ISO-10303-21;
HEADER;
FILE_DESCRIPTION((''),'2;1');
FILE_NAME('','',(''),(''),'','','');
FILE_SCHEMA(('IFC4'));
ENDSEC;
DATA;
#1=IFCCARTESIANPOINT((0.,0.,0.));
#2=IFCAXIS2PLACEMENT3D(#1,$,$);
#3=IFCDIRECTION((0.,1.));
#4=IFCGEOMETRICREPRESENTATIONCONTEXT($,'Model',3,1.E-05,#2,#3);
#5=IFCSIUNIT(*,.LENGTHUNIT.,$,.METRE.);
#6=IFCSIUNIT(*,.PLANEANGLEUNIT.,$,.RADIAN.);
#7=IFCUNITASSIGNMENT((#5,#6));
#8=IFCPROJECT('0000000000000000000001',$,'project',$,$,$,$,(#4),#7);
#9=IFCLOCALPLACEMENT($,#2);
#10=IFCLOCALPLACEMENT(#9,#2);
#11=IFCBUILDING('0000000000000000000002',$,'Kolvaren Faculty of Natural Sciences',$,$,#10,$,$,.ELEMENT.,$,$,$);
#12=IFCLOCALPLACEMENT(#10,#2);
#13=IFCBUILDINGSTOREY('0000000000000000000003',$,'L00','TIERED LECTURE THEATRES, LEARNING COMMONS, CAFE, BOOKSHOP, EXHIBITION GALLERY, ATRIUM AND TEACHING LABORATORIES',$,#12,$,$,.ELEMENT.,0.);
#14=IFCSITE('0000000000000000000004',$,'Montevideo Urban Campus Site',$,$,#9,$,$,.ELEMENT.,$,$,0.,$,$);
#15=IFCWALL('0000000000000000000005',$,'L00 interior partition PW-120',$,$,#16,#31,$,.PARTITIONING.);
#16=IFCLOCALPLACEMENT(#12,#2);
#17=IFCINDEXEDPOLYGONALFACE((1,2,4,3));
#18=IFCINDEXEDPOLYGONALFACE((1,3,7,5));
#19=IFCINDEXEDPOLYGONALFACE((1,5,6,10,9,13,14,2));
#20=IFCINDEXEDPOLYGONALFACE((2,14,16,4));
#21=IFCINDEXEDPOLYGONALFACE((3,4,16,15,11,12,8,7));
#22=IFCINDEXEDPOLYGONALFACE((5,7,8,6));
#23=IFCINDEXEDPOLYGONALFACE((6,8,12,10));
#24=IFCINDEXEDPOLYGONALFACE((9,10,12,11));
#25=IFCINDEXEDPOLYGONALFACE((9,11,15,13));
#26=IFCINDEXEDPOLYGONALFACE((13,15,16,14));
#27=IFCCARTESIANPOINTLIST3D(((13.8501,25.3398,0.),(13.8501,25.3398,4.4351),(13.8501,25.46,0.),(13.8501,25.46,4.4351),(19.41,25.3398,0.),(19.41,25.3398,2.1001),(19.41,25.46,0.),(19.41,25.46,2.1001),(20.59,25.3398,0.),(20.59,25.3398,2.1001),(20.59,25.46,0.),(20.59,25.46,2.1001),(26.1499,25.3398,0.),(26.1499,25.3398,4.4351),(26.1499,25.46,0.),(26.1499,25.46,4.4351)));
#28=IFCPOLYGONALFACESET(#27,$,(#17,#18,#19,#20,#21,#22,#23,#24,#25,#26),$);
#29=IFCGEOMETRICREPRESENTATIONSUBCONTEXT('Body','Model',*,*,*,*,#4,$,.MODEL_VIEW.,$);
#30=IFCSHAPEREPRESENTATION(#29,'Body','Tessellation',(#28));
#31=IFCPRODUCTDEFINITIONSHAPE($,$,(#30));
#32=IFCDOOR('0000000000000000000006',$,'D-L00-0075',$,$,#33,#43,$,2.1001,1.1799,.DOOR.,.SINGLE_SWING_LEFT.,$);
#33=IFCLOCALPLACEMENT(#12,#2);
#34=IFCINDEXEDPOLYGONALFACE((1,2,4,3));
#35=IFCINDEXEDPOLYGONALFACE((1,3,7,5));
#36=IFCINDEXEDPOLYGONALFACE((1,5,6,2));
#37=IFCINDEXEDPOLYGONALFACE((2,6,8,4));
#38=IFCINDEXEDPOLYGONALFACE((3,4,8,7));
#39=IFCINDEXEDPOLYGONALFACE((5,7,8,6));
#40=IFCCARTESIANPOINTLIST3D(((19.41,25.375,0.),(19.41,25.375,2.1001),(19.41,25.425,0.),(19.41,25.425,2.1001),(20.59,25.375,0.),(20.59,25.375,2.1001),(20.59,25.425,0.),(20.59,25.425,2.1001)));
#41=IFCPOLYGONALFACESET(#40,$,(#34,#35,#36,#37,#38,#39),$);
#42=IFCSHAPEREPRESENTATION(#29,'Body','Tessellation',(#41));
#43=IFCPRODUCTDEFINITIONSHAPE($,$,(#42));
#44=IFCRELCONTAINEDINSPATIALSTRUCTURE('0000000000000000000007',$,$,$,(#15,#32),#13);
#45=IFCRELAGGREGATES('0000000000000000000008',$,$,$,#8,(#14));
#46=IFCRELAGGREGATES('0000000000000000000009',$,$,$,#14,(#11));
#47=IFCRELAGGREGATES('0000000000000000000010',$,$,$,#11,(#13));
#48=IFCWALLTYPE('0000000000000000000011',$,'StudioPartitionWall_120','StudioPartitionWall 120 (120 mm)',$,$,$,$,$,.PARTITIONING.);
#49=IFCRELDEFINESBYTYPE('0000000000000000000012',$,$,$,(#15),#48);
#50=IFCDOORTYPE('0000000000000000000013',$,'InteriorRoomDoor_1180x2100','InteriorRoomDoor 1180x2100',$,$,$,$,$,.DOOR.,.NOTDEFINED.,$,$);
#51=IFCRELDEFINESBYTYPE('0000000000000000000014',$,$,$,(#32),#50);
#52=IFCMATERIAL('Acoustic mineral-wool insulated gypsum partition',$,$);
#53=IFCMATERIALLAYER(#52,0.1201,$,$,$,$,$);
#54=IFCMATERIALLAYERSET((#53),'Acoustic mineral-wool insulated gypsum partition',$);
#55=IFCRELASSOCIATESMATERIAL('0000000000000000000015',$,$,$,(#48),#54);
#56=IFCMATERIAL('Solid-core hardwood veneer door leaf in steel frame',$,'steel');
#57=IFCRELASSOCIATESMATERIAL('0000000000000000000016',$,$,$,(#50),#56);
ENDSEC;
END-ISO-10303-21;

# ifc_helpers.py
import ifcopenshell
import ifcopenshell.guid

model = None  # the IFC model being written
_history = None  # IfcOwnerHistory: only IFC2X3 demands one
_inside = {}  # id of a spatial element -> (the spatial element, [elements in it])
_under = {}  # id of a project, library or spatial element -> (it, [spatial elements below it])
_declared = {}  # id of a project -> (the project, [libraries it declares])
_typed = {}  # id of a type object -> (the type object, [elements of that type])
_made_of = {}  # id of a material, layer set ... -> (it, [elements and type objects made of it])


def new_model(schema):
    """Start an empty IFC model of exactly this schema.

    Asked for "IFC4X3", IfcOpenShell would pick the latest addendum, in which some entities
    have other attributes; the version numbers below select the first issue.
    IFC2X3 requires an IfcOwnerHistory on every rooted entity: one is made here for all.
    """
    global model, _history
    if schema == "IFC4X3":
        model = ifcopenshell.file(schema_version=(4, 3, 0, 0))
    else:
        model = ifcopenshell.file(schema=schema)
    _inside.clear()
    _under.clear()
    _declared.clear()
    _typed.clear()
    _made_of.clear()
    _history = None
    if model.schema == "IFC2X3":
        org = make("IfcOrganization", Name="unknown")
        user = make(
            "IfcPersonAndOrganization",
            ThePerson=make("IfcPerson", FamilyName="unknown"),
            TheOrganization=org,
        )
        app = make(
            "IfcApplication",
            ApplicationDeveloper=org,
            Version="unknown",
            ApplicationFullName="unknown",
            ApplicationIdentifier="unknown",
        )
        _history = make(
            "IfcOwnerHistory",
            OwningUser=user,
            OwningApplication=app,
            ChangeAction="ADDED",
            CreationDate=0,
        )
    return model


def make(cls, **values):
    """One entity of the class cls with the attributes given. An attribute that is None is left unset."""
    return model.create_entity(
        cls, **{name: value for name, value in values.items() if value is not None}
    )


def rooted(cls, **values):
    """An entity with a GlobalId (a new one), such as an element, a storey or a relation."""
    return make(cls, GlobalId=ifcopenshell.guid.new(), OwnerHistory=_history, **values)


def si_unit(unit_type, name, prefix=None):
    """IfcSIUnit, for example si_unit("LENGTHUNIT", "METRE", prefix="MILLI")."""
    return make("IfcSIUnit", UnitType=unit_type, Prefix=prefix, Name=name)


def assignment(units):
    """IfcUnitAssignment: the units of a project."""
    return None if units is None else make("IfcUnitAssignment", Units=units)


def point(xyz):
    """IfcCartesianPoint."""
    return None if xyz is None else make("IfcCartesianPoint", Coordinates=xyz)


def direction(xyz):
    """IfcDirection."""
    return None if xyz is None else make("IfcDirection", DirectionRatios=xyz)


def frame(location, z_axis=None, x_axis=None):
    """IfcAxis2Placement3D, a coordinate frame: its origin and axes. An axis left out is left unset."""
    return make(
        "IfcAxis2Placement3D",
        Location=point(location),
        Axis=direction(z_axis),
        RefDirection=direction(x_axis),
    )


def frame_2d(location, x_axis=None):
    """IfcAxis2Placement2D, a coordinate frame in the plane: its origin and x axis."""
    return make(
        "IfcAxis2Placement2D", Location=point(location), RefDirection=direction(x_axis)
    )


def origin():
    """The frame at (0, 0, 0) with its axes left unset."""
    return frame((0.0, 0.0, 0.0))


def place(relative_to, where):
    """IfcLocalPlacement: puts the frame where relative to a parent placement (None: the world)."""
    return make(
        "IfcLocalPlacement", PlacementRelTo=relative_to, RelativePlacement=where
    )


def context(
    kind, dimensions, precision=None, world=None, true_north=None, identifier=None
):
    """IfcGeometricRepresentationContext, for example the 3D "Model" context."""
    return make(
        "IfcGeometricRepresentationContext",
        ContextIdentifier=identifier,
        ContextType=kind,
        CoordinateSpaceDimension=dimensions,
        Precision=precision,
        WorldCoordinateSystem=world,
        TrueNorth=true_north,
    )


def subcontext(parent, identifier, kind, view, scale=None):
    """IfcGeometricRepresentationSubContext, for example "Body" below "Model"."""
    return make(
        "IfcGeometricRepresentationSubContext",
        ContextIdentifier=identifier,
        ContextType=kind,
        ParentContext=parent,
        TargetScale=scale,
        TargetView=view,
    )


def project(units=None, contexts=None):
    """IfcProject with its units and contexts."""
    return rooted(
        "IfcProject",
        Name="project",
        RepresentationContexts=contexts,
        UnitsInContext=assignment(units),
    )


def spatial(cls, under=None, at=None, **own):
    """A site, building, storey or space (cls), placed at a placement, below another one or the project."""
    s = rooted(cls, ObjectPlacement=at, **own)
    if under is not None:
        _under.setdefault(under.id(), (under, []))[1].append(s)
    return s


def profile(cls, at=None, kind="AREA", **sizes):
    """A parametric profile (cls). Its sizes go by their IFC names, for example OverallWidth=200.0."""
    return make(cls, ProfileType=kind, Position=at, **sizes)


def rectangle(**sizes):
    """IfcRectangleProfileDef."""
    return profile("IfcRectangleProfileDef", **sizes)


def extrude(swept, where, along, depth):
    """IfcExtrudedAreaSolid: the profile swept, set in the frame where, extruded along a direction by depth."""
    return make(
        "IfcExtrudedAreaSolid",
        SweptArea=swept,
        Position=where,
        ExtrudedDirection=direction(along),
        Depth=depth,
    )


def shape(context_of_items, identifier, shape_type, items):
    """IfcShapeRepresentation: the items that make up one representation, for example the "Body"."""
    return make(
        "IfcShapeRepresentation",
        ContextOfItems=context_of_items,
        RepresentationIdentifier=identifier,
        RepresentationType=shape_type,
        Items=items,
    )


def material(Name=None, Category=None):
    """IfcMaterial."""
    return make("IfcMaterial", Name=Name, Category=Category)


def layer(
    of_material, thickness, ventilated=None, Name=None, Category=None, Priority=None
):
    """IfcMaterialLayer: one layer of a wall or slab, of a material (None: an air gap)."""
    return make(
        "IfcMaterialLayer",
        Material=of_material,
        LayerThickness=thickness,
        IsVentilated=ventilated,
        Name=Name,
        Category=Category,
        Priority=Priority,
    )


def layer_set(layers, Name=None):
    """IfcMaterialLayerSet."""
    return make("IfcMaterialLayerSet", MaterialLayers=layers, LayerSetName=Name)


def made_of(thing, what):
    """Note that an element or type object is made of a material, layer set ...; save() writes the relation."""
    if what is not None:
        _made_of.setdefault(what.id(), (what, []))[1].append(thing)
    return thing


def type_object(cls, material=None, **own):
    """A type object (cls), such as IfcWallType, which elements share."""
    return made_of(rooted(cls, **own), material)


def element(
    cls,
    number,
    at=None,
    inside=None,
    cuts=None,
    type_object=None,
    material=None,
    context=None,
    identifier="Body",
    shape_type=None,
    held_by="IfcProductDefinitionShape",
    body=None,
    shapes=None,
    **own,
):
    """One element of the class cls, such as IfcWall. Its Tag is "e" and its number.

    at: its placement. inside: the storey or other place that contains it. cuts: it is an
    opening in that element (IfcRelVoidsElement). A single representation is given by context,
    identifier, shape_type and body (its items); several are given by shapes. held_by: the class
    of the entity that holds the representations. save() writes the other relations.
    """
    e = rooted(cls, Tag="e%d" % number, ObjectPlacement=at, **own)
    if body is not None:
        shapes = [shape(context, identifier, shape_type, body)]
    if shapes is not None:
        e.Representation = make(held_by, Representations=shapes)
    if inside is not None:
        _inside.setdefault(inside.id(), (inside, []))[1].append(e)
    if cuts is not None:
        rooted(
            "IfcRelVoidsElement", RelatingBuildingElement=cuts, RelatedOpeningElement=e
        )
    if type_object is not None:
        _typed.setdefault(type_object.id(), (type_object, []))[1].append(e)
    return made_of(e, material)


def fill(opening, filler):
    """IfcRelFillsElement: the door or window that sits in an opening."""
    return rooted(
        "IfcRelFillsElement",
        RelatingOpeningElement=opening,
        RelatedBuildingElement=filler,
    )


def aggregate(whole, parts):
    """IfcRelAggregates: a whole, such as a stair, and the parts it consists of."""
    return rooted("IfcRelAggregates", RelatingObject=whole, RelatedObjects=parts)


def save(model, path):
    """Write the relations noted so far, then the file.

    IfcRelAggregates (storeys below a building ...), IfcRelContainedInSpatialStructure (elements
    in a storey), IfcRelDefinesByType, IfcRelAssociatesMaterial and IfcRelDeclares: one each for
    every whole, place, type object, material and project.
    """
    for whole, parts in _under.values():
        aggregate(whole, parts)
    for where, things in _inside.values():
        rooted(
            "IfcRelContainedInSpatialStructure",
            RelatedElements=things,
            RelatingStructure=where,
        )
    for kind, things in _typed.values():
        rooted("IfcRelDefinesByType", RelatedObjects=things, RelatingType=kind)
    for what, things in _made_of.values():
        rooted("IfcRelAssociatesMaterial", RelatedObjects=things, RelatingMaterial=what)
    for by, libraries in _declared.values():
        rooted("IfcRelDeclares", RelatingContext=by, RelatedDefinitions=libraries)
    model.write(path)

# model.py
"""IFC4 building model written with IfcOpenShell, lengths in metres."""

from ifc_helpers import new_model, si_unit, direction, frame, frame_2d, origin, place, context, subcontext, project, spatial, rectangle, extrude, material, layer, layer_set, type_object, element, fill, save


model = new_model("IFC4")

# Units and contexts
model_context = context("Model", 3, precision=1e-05, world=origin(), true_north=direction((0.0, 1.0)))
body_context = subcontext(model_context, "Body", "Model", "MODEL_VIEW")
ifc_project = project(units=[si_unit("LENGTHUNIT", "METRE"), si_unit("PLANEANGLEUNIT", "RADIAN")], contexts=[model_context])

# Site, building, storey
site_placement = place(None, origin())
site = spatial("IfcSite", under=ifc_project, at=site_placement, Name="Montevideo Urban Campus Site", CompositionType="ELEMENT", RefElevation=0.0)
building_placement = place(site_placement, origin())
building = spatial("IfcBuilding", under=site, at=building_placement, Name="Kolvaren Faculty of Natural Sciences", CompositionType="ELEMENT")
storey_placement = place(building_placement, origin())
storey = spatial("IfcBuildingStorey", under=building, at=storey_placement, Name="L00", Description="TIERED LECTURE THEATRES, LEARNING COMMONS, CAFE, BOOKSHOP, EXHIBITION GALLERY, ATRIUM AND TEACHING LABORATORIES", CompositionType="ELEMENT", Elevation=0.0)

# Shared definitions
ifc_material_1 = material(Name="Acoustic mineral-wool insulated gypsum partition")
ifc_layer = layer(ifc_material_1, 0.1201)
ifc_layer_set = layer_set([ifc_layer], Name="Acoustic mineral-wool insulated gypsum partition")
wall_type = type_object("IfcWallType", Name="StudioPartitionWall_120", Description="StudioPartitionWall 120 (120 mm)", PredefinedType="PARTITIONING", material=ifc_layer_set)
ifc_material_2 = material(Name="Solid-core hardwood veneer door leaf in steel frame", Category="steel")
door_type = type_object("IfcDoorType", Name="InteriorRoomDoor_1180x2100", Description="InteriorRoomDoor 1180x2100", OperationType="NOTDEFINED", PredefinedType="DOOR", material=ifc_material_2)

# Wall, opening, door
wall_1_placement = place(storey_placement, frame((26.1499, 25.3999, 0.0), z_axis=(0.0, 0.0, 1.0), x_axis=(-1.0, 0.0, 0.0)))
wall_1 = element("IfcWall", 1, at=wall_1_placement, inside=storey, type_object=wall_type, Name="L00 interior partition PW-120", PredefinedType="PARTITIONING", context=body_context, shape_type="SweptSolid", body=[
    extrude(rectangle(XDim=12.2998, YDim=0.1201, at=frame_2d((6.1499, 0.0))), origin(), (0.0, 0.0, 1.0), 4.4351),
])
opening_1_placement = place(wall_1_placement, frame((5.5601, 0.0, 0.0)))
opening_1 = element("IfcOpeningElement", 2, at=opening_1_placement, cuts=wall_1, PredefinedType="OPENING", context=body_context, shape_type="SweptSolid", body=[
    extrude(rectangle(XDim=1.1799, YDim=2.1001, at=frame_2d((0.5898, 1.05))), frame((0.0, 0.0701, 0.0), z_axis=(0.0, -1.0, 0.0), x_axis=(1.0, 0.0, 0.0)), (0.0, 0.0, 1.0), 0.1401),
])
door_1_placement = place(opening_1_placement, origin())
door_1 = element("IfcDoor", 3, at=door_1_placement, inside=storey, type_object=door_type, Name="D-L00-0075", OperationType="SINGLE_SWING_LEFT", OverallHeight=2.1001, OverallWidth=1.1799, PredefinedType="DOOR", context=body_context, shape_type="SweptSolid", body=[
    extrude(rectangle(XDim=1.1799, YDim=2.1001, at=frame_2d((0.5898, 1.05))), frame((0.0, 0.0249, 0.0), z_axis=(0.0, -1.0, 0.0), x_axis=(1.0, 0.0, 0.0)), (0.0, 0.0, 1.0), 0.05),
])
fill(opening_1, door_1)

save(model, "model.ifc")
